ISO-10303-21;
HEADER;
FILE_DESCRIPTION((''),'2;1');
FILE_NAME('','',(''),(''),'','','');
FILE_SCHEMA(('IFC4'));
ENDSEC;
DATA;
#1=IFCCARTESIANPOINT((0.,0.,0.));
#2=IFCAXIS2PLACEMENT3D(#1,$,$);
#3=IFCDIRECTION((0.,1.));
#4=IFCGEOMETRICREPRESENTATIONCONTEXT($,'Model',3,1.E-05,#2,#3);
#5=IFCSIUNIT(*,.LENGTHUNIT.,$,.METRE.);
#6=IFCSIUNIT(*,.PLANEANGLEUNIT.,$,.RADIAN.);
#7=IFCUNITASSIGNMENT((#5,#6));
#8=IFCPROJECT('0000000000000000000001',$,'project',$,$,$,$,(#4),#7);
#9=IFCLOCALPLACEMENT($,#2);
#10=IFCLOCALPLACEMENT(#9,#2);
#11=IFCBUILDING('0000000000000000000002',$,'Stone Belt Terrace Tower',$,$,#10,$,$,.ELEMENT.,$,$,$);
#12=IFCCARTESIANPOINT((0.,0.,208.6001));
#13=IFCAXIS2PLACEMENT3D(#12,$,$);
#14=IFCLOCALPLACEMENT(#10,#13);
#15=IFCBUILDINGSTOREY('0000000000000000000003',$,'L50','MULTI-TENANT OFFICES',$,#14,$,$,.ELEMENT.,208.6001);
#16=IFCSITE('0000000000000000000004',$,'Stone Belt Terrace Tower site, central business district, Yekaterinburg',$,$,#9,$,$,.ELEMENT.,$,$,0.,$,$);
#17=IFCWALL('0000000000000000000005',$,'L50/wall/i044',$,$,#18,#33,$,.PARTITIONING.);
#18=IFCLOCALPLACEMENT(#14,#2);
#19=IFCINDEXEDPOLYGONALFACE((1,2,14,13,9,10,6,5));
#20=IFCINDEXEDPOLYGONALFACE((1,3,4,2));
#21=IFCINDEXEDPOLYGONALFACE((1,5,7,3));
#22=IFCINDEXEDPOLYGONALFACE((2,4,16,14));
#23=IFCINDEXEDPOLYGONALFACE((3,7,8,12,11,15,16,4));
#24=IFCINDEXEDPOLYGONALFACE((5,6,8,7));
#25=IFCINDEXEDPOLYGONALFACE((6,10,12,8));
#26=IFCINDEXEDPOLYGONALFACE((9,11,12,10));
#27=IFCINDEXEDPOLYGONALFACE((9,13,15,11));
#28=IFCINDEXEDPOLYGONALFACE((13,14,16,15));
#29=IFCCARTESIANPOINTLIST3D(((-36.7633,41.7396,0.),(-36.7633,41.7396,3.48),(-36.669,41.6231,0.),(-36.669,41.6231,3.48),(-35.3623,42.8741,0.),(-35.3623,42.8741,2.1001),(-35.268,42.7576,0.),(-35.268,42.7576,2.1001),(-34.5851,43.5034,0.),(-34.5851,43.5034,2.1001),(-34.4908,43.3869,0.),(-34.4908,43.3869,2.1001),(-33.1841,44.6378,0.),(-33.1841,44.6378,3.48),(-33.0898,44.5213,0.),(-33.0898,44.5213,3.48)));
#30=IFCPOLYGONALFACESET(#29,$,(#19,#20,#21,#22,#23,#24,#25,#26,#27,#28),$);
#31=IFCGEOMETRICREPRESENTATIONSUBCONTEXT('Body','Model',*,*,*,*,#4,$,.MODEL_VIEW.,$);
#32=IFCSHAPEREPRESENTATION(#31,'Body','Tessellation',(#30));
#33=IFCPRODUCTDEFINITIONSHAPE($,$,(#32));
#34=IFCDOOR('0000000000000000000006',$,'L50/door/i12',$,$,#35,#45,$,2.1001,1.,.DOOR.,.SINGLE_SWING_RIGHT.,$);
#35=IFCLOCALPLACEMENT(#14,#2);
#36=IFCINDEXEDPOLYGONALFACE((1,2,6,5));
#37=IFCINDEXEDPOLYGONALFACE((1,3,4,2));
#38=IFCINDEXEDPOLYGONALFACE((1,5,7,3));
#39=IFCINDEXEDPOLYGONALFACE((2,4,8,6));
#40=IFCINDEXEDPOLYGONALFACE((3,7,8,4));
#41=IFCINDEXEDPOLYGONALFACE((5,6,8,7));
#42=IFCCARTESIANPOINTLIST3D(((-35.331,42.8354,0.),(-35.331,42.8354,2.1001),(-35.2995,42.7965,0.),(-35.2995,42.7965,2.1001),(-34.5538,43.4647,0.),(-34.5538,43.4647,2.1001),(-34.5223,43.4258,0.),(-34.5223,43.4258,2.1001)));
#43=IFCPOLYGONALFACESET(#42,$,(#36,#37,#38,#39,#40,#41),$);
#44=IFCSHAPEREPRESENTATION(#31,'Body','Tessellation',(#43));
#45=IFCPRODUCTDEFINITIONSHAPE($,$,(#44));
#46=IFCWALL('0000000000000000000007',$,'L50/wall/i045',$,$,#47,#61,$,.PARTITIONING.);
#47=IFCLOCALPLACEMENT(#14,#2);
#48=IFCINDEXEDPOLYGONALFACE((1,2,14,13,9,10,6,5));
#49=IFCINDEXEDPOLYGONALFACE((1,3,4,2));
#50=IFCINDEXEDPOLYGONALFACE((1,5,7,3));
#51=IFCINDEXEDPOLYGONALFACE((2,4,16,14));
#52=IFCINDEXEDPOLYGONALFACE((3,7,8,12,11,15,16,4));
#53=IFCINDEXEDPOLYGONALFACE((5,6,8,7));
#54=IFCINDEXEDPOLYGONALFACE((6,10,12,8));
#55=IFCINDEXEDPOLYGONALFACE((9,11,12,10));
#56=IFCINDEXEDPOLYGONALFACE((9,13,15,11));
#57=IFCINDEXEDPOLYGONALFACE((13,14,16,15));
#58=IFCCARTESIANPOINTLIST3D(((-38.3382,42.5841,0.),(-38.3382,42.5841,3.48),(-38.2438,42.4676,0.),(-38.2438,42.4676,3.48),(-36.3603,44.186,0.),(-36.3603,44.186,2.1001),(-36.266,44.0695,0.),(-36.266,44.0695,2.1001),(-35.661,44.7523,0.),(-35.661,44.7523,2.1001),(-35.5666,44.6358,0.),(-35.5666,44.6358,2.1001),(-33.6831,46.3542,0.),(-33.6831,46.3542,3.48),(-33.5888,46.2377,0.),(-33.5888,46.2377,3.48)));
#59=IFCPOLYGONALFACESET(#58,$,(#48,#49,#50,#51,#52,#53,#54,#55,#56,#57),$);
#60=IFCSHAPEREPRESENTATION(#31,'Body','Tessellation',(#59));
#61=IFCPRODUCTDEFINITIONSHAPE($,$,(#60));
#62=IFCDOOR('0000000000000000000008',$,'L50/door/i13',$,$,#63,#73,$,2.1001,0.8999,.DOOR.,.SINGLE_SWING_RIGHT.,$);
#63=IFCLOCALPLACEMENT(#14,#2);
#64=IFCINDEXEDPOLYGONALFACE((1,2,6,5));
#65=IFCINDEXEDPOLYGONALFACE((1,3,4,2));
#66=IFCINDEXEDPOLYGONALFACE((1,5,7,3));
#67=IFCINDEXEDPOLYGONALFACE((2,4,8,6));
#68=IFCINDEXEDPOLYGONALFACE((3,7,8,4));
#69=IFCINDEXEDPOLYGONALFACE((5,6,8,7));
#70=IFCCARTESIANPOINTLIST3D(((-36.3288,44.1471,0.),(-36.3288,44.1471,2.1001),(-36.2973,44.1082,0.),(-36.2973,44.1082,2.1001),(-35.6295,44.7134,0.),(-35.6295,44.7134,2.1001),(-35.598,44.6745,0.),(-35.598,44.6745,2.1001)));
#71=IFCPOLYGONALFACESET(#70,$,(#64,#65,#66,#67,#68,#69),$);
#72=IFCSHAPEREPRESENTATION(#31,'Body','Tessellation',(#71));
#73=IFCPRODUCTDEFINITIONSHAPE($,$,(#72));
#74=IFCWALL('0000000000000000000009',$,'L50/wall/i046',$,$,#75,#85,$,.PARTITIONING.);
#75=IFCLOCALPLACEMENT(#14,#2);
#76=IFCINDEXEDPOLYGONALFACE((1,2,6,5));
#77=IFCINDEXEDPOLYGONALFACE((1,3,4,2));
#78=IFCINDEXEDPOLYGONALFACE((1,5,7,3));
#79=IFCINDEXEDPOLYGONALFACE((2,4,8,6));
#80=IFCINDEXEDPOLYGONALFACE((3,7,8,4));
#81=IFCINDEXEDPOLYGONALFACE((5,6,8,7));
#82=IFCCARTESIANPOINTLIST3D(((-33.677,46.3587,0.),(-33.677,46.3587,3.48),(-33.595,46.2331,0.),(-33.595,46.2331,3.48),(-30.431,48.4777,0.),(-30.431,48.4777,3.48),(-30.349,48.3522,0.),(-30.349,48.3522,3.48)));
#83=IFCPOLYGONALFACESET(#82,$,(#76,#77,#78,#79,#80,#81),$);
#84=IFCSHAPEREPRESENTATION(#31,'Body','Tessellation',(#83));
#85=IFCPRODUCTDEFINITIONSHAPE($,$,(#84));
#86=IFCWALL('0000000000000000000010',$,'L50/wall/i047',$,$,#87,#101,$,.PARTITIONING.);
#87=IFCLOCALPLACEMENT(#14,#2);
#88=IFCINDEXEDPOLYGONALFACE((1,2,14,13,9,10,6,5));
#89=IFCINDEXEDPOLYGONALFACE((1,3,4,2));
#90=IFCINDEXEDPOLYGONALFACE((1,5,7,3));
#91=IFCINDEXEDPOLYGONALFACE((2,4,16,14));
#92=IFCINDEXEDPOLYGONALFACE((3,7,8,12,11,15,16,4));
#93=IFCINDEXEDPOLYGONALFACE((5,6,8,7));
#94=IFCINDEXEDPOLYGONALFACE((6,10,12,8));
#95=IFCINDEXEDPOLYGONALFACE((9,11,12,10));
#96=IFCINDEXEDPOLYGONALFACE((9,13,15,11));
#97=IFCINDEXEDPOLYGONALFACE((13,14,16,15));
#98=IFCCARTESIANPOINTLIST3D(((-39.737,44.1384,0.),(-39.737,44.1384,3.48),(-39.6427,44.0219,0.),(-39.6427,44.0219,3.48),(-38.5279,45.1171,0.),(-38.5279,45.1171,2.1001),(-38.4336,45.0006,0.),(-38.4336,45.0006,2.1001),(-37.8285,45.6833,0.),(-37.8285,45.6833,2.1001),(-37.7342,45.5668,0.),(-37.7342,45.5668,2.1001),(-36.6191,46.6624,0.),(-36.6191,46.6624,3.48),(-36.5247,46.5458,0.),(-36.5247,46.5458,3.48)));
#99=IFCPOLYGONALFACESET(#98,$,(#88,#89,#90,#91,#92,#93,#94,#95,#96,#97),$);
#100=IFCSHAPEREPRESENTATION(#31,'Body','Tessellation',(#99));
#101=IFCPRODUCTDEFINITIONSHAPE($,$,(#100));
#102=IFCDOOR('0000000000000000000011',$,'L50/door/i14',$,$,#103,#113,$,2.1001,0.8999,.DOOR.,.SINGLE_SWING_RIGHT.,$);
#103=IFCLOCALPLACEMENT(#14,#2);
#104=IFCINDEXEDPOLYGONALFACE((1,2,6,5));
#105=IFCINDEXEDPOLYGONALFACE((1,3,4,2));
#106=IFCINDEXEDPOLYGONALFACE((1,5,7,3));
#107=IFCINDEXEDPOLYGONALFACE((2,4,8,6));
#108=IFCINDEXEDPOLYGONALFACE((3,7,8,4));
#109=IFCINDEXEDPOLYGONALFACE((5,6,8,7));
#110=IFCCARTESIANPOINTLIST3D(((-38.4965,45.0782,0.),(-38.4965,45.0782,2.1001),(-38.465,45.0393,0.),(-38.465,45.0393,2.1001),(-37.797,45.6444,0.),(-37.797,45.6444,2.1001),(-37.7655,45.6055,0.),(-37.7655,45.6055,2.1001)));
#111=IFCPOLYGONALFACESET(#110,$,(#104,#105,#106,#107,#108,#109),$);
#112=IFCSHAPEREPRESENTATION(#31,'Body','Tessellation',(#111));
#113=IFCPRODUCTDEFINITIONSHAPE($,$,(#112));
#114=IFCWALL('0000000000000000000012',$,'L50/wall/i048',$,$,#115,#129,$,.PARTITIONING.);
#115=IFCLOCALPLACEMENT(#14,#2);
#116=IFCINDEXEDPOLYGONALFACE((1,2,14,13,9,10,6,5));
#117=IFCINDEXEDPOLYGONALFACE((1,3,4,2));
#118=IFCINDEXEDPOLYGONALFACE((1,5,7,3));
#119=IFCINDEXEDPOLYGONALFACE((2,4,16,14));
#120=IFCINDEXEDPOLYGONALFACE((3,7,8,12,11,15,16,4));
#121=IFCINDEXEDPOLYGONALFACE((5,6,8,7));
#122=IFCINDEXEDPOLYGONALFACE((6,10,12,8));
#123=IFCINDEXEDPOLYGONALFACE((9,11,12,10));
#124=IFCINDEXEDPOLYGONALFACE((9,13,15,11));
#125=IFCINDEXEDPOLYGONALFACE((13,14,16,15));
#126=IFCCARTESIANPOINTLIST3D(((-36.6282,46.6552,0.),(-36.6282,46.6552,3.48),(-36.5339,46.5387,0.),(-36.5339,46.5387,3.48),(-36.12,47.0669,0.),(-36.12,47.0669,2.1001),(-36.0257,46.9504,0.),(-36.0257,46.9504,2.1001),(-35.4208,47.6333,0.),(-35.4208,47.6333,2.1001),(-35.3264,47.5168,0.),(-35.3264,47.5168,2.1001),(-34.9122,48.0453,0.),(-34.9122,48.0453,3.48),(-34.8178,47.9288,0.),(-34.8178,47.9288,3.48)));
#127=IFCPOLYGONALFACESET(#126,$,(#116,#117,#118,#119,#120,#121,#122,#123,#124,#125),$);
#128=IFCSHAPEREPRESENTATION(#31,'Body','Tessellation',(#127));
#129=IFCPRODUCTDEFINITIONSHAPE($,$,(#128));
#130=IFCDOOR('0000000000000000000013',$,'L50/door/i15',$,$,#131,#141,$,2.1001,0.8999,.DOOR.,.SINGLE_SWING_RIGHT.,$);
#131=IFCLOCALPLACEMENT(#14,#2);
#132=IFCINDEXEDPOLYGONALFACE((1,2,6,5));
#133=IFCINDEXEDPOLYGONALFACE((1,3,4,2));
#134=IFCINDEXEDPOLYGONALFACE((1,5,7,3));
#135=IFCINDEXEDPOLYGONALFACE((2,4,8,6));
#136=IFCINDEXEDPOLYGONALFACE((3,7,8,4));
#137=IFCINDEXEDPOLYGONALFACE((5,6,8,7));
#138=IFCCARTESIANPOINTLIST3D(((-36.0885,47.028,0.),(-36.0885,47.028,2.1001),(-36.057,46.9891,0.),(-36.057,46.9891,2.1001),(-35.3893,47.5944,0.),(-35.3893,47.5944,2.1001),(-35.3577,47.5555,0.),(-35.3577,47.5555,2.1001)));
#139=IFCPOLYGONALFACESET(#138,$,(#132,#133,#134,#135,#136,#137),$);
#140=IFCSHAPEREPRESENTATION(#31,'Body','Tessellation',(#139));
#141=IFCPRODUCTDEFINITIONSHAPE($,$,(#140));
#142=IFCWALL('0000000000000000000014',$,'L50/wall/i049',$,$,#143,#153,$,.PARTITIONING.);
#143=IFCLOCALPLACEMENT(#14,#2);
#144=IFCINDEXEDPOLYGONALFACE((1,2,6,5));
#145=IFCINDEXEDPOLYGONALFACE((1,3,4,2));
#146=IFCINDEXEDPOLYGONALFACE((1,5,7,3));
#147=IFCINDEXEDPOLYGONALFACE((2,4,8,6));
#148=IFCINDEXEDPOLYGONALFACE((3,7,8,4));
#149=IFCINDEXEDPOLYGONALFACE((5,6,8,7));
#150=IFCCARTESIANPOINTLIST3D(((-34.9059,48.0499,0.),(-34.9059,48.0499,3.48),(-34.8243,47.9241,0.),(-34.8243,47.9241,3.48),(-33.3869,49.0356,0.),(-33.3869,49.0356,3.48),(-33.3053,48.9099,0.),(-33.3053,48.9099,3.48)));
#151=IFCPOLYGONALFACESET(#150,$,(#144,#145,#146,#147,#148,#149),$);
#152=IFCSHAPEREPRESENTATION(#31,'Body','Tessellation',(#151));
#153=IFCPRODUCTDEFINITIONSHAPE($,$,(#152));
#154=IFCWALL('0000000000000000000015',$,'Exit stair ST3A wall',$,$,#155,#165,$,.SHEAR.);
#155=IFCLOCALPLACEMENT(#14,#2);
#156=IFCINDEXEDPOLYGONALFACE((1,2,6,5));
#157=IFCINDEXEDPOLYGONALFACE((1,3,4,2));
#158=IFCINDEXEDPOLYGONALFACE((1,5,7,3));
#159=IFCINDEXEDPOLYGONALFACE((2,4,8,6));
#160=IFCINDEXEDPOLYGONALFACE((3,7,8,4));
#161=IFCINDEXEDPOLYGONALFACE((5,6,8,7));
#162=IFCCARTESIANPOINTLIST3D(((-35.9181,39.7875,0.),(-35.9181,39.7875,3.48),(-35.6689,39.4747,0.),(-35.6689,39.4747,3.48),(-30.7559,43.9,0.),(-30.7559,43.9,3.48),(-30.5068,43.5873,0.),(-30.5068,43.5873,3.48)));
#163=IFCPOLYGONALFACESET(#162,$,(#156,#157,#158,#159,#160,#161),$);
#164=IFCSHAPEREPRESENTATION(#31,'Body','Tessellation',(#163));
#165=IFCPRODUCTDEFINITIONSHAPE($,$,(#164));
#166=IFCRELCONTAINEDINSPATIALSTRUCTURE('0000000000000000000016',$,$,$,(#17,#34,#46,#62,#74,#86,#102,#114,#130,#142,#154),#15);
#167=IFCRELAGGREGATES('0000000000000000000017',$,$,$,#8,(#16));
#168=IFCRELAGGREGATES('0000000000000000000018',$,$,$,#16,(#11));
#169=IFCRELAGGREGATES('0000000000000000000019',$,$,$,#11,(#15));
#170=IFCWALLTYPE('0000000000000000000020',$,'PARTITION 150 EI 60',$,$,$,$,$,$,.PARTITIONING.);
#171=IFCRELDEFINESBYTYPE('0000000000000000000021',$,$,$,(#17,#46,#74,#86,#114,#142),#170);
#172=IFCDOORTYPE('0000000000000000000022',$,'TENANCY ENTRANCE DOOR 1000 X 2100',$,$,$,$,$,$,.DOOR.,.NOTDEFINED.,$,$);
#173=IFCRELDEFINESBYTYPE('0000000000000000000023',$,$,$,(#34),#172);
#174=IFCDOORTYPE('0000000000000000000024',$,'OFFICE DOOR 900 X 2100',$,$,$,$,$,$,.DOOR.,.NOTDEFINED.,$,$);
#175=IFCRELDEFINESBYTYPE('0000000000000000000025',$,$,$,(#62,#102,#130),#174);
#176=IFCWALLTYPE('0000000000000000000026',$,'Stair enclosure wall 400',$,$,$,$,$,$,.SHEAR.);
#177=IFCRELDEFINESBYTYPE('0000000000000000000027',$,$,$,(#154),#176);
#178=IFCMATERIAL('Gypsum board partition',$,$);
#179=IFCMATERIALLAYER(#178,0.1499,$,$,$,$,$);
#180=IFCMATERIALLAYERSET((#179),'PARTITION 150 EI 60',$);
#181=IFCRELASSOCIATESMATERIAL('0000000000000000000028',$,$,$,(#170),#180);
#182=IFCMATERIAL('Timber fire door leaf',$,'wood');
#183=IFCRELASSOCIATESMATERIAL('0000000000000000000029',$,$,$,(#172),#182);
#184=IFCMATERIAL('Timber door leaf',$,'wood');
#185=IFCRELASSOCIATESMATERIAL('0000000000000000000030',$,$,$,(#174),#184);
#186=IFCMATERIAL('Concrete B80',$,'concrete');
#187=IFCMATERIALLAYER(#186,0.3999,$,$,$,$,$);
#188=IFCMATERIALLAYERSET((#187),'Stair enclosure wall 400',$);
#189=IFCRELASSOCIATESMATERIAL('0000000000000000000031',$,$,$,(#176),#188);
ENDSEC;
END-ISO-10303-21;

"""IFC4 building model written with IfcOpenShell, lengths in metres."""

from ifc_helpers import new_model, si_unit, direction, frame, frame_2d, origin, place, context, subcontext, project, spatial, rectangle, extrude, material, layer, layer_set, type_object, element, fill, save


model = new_model("IFC4")

# Units and contexts
model_context = context("Model", 3, precision=1e-05, world=origin(), true_north=direction((0.0, 1.0)))
body_context = subcontext(model_context, "Body", "Model", "MODEL_VIEW")
ifc_project = project(units=[si_unit("LENGTHUNIT", "METRE"), si_unit("PLANEANGLEUNIT", "RADIAN")], contexts=[model_context])

# Site, building, storey
site_placement = place(None, origin())
site = spatial("IfcSite", under=ifc_project, at=site_placement, Name="Stone Belt Terrace Tower site, central business district, Yekaterinburg", CompositionType="ELEMENT", RefElevation=0.0)
building_placement = place(site_placement, origin())
building = spatial("IfcBuilding", under=site, at=building_placement, Name="Stone Belt Terrace Tower", CompositionType="ELEMENT")
storey_placement = place(building_placement, frame((0.0, 0.0, 208.6001)))
storey = spatial("IfcBuildingStorey", under=building, at=storey_placement, Name="L50", Description="MULTI-TENANT OFFICES", CompositionType="ELEMENT", Elevation=208.6001)

# Shared definitions
ifc_material_1 = material(Name="Gypsum board partition")
ifc_layer_1 = layer(ifc_material_1, 0.1499)
ifc_layer_set_1 = layer_set([ifc_layer_1], Name="PARTITION 150 EI 60")
wall_type_1 = type_object("IfcWallType", Name="PARTITION 150 EI 60", PredefinedType="PARTITIONING", material=ifc_layer_set_1)

# Walls, openings, doors
wall_1_placement = place(storey_placement, frame((-33.137, 44.5796, 0.0), z_axis=(0.0, 0.0, 1.0), x_axis=(-0.777157, -0.629306, 0.0)))
wall_1 = element("IfcWall", 1, at=wall_1_placement, inside=storey, type_object=wall_type_1, Name="L50/wall/i044", PredefinedType="PARTITIONING", context=body_context, shape_type="SweptSolid", body=[
    extrude(rectangle(XDim=4.6055, YDim=0.1499, at=frame_2d((2.3027, 0.0))), origin(), (0.0, 0.0, 1.0), 3.48),
])
opening_1_placement = place(wall_1_placement, frame((1.8027, 0.0, 0.0)))
opening_1 = element("IfcOpeningElement", 2, at=opening_1_placement, cuts=wall_1, PredefinedType="OPENING", context=body_context, shape_type="SweptSolid", body=[
    extrude(rectangle(XDim=1.0, YDim=2.1001, at=frame_2d((0.5, 1.05))), frame((0.0, 0.085, 0.0), z_axis=(0.0, -1.0, 0.0), x_axis=(1.0, 0.0, 0.0)), (0.0, 0.0, 1.0), 0.1699),
])
ifc_material_2 = material(Name="Timber fire door leaf", Category="wood")
door_type_1 = type_object("IfcDoorType", Name="TENANCY ENTRANCE DOOR 1000 X 2100", OperationType="NOTDEFINED", PredefinedType="DOOR", material=ifc_material_2)
door_1_placement = place(opening_1_placement, origin())
door_1 = element("IfcDoor", 3, at=door_1_placement, inside=storey, type_object=door_type_1, Name="L50/door/i12", OperationType="SINGLE_SWING_RIGHT", OverallHeight=2.1001, OverallWidth=1.0, PredefinedType="DOOR", context=body_context, shape_type="SweptSolid", body=[
    extrude(rectangle(XDim=1.0, YDim=2.1001, at=frame_2d((0.5, 1.05))), frame((0.0, 0.0249, 0.0), z_axis=(0.0, -1.0, 0.0), x_axis=(1.0, 0.0, 0.0)), (0.0, 0.0, 1.0), 0.05),
])
fill(opening_1, door_1)
wall_2_placement = place(storey_placement, frame((-38.291, 42.5259, 0.0), z_axis=(0.0, 0.0, 1.0), x_axis=(0.777109, 0.629366, 0.0)))
wall_2 = element("IfcWall", 4, at=wall_2_placement, inside=storey, type_object=wall_type_1, Name="L50/wall/i045", PredefinedType="PARTITIONING", context=body_context, shape_type="SweptSolid", body=[
    extrude(rectangle(XDim=5.9902, YDim=0.1499, at=frame_2d((2.9951, 0.0))), origin(), (0.0, 0.0, 1.0), 3.48),
])
opening_2_placement = place(wall_2_placement, frame((2.5452, 0.0, 0.0)))
opening_2 = element("IfcOpeningElement", 5, at=opening_2_placement, cuts=wall_2, PredefinedType="OPENING", context=body_context, shape_type="SweptSolid", body=[
    extrude(rectangle(XDim=0.8999, YDim=2.1001, at=frame_2d((0.45, 1.05))), frame((0.0, 0.085, 0.0), z_axis=(0.0, -1.0, 0.0), x_axis=(1.0, 0.0, 0.0)), (0.0, 0.0, 1.0), 0.1699),
])
ifc_material_3 = material(Name="Timber door leaf", Category="wood")
door_type_2 = type_object("IfcDoorType", Name="OFFICE DOOR 900 X 2100", OperationType="NOTDEFINED", PredefinedType="DOOR", material=ifc_material_3)
door_2_placement = place(opening_2_placement, origin())
door_2 = element("IfcDoor", 6, at=door_2_placement, inside=storey, type_object=door_type_2, Name="L50/door/i13", OperationType="SINGLE_SWING_RIGHT", OverallHeight=2.1001, OverallWidth=0.8999, PredefinedType="DOOR", context=body_context, shape_type="SweptSolid", body=[
    extrude(rectangle(XDim=0.8999, YDim=2.1001, at=frame_2d((0.45, 1.05))), frame((0.0, 0.0249, 0.0), z_axis=(0.0, -1.0, 0.0), x_axis=(1.0, 0.0, 0.0)), (0.0, 0.0, 1.0), 0.05),
])
fill(opening_2, door_2)

# Wall
wall_3_placement = place(storey_placement, frame((-33.636, 46.2959, 0.0), z_axis=(0.0, 0.0, 1.0), x_axis=(0.83736, 0.546652, 0.0)))
element("IfcWall", 7, at=wall_3_placement, inside=storey, type_object=wall_type_1, Name="L50/wall/i046", PredefinedType="PARTITIONING", context=body_context, shape_type="SweptSolid", body=[
    extrude(rectangle(XDim=3.8765, YDim=0.1499, at=frame_2d((1.9382, 0.0))), origin(), (0.0, 0.0, 1.0), 3.48),
])

# Walls, openings, doors
wall_4_placement = place(storey_placement, frame((-39.6899, 44.0801, 0.0), z_axis=(0.0, 0.0, 1.0), x_axis=(0.777258, 0.629182, 0.0)))
wall_4 = element("IfcWall", 8, at=wall_4_placement, inside=storey, type_object=wall_type_1, Name="L50/wall/i047", PredefinedType="PARTITIONING", context=body_context, shape_type="SweptSolid", body=[
    extrude(rectangle(XDim=4.0115, YDim=0.1499, at=frame_2d((2.0059, 0.0))), origin(), (0.0, 0.0, 1.0), 3.48),
])
opening_3_placement = place(wall_4_placement, frame((1.5557, 0.0, 0.0)))
opening_3 = element("IfcOpeningElement", 9, at=opening_3_placement, cuts=wall_4, PredefinedType="OPENING", context=body_context, shape_type="SweptSolid", body=[
    extrude(rectangle(XDim=0.8999, YDim=2.1001, at=frame_2d((0.45, 1.05))), frame((0.0, 0.085, 0.0), z_axis=(0.0, -1.0, 0.0), x_axis=(1.0, 0.0, 0.0)), (0.0, 0.0, 1.0), 0.1699),
])
door_3_placement = place(opening_3_placement, origin())
door_3 = element("IfcDoor", 10, at=door_3_placement, inside=storey, type_object=door_type_2, Name="L50/door/i14", OperationType="SINGLE_SWING_RIGHT", OverallHeight=2.1001, OverallWidth=0.8999, PredefinedType="DOOR", context=body_context, shape_type="SweptSolid", body=[
    extrude(rectangle(XDim=0.8999, YDim=2.1001, at=frame_2d((0.45, 1.05))), frame((0.0, 0.0249, 0.0), z_axis=(0.0, -1.0, 0.0), x_axis=(1.0, 0.0, 0.0)), (0.0, 0.0, 1.0), 0.05),
])
fill(opening_3, door_3)
wall_5_placement = place(storey_placement, frame((-36.5811, 46.5969, 0.0), z_axis=(0.0, 0.0, 1.0), x_axis=(0.777036, 0.629456, 0.0)))
wall_5 = element("IfcWall", 11, at=wall_5_placement, inside=storey, type_object=wall_type_1, Name="L50/wall/i048", PredefinedType="PARTITIONING", context=body_context, shape_type="SweptSolid", body=[
    extrude(rectangle(XDim=2.2085, YDim=0.1499, at=frame_2d((1.1042, 0.0))), origin(), (0.0, 0.0, 1.0), 3.48),
])
opening_4_placement = place(wall_5_placement, frame((0.6541, 0.0, 0.0)))
opening_4 = element("IfcOpeningElement", 12, at=opening_4_placement, cuts=wall_5, PredefinedType="OPENING", context=body_context, shape_type="SweptSolid", body=[
    extrude(rectangle(XDim=0.8999, YDim=2.1001, at=frame_2d((0.45, 1.05))), frame((0.0, 0.085, 0.0), z_axis=(0.0, -1.0, 0.0), x_axis=(1.0, 0.0, 0.0)), (0.0, 0.0, 1.0), 0.1699),
])
door_4_placement = place(opening_4_placement, origin())
door_4 = element("IfcDoor", 13, at=door_4_placement, inside=storey, type_object=door_type_2, Name="L50/door/i15", OperationType="SINGLE_SWING_RIGHT", OverallHeight=2.1001, OverallWidth=0.8999, PredefinedType="DOOR", context=body_context, shape_type="SweptSolid", body=[
    extrude(rectangle(XDim=0.8999, YDim=2.1001, at=frame_2d((0.45, 1.05))), frame((0.0, 0.0249, 0.0), z_axis=(0.0, -1.0, 0.0), x_axis=(1.0, 0.0, 0.0)), (0.0, 0.0, 1.0), 0.05),
])
fill(opening_4, door_4)

# Walls
wall_6_placement = place(storey_placement, frame((-34.865, 47.9871, 0.0), z_axis=(0.0, 0.0, 1.0), x_axis=(0.838832, 0.544391, 0.0)))
element("IfcWall", 14, at=wall_6_placement, inside=storey, type_object=wall_type_1, Name="L50/wall/i049", PredefinedType="PARTITIONING", context=body_context, shape_type="SweptSolid", body=[
    extrude(rectangle(XDim=1.8108, YDim=0.1499, at=frame_2d((0.9053, 0.0))), origin(), (0.0, 0.0, 1.0), 3.48),
])
ifc_material_4 = material(Name="Concrete B80", Category="concrete")
ifc_layer_2 = layer(ifc_material_4, 0.3999)
ifc_layer_set_2 = layer_set([ifc_layer_2], Name="Stair enclosure wall 400")
wall_type_2 = type_object("IfcWallType", Name="Stair enclosure wall 400", PredefinedType="SHEAR", material=ifc_layer_set_2)
wall_7_placement = place(storey_placement, frame((-30.6313, 43.7437, 0.0), z_axis=(0.0, 0.0, 1.0), x_axis=(-0.782134, -0.62311, 0.0)))
element("IfcWall", 15, at=wall_7_placement, inside=storey, type_object=wall_type_2, Name="Exit stair ST3A wall", PredefinedType="SHEAR", context=body_context, shape_type="SweptSolid", body=[
    extrude(rectangle(XDim=6.6001, YDim=0.3999, at=frame_2d((3.3, 0.0))), origin(), (0.0, 0.0, 1.0), 3.48),
])

save(model, "model.ifc")
